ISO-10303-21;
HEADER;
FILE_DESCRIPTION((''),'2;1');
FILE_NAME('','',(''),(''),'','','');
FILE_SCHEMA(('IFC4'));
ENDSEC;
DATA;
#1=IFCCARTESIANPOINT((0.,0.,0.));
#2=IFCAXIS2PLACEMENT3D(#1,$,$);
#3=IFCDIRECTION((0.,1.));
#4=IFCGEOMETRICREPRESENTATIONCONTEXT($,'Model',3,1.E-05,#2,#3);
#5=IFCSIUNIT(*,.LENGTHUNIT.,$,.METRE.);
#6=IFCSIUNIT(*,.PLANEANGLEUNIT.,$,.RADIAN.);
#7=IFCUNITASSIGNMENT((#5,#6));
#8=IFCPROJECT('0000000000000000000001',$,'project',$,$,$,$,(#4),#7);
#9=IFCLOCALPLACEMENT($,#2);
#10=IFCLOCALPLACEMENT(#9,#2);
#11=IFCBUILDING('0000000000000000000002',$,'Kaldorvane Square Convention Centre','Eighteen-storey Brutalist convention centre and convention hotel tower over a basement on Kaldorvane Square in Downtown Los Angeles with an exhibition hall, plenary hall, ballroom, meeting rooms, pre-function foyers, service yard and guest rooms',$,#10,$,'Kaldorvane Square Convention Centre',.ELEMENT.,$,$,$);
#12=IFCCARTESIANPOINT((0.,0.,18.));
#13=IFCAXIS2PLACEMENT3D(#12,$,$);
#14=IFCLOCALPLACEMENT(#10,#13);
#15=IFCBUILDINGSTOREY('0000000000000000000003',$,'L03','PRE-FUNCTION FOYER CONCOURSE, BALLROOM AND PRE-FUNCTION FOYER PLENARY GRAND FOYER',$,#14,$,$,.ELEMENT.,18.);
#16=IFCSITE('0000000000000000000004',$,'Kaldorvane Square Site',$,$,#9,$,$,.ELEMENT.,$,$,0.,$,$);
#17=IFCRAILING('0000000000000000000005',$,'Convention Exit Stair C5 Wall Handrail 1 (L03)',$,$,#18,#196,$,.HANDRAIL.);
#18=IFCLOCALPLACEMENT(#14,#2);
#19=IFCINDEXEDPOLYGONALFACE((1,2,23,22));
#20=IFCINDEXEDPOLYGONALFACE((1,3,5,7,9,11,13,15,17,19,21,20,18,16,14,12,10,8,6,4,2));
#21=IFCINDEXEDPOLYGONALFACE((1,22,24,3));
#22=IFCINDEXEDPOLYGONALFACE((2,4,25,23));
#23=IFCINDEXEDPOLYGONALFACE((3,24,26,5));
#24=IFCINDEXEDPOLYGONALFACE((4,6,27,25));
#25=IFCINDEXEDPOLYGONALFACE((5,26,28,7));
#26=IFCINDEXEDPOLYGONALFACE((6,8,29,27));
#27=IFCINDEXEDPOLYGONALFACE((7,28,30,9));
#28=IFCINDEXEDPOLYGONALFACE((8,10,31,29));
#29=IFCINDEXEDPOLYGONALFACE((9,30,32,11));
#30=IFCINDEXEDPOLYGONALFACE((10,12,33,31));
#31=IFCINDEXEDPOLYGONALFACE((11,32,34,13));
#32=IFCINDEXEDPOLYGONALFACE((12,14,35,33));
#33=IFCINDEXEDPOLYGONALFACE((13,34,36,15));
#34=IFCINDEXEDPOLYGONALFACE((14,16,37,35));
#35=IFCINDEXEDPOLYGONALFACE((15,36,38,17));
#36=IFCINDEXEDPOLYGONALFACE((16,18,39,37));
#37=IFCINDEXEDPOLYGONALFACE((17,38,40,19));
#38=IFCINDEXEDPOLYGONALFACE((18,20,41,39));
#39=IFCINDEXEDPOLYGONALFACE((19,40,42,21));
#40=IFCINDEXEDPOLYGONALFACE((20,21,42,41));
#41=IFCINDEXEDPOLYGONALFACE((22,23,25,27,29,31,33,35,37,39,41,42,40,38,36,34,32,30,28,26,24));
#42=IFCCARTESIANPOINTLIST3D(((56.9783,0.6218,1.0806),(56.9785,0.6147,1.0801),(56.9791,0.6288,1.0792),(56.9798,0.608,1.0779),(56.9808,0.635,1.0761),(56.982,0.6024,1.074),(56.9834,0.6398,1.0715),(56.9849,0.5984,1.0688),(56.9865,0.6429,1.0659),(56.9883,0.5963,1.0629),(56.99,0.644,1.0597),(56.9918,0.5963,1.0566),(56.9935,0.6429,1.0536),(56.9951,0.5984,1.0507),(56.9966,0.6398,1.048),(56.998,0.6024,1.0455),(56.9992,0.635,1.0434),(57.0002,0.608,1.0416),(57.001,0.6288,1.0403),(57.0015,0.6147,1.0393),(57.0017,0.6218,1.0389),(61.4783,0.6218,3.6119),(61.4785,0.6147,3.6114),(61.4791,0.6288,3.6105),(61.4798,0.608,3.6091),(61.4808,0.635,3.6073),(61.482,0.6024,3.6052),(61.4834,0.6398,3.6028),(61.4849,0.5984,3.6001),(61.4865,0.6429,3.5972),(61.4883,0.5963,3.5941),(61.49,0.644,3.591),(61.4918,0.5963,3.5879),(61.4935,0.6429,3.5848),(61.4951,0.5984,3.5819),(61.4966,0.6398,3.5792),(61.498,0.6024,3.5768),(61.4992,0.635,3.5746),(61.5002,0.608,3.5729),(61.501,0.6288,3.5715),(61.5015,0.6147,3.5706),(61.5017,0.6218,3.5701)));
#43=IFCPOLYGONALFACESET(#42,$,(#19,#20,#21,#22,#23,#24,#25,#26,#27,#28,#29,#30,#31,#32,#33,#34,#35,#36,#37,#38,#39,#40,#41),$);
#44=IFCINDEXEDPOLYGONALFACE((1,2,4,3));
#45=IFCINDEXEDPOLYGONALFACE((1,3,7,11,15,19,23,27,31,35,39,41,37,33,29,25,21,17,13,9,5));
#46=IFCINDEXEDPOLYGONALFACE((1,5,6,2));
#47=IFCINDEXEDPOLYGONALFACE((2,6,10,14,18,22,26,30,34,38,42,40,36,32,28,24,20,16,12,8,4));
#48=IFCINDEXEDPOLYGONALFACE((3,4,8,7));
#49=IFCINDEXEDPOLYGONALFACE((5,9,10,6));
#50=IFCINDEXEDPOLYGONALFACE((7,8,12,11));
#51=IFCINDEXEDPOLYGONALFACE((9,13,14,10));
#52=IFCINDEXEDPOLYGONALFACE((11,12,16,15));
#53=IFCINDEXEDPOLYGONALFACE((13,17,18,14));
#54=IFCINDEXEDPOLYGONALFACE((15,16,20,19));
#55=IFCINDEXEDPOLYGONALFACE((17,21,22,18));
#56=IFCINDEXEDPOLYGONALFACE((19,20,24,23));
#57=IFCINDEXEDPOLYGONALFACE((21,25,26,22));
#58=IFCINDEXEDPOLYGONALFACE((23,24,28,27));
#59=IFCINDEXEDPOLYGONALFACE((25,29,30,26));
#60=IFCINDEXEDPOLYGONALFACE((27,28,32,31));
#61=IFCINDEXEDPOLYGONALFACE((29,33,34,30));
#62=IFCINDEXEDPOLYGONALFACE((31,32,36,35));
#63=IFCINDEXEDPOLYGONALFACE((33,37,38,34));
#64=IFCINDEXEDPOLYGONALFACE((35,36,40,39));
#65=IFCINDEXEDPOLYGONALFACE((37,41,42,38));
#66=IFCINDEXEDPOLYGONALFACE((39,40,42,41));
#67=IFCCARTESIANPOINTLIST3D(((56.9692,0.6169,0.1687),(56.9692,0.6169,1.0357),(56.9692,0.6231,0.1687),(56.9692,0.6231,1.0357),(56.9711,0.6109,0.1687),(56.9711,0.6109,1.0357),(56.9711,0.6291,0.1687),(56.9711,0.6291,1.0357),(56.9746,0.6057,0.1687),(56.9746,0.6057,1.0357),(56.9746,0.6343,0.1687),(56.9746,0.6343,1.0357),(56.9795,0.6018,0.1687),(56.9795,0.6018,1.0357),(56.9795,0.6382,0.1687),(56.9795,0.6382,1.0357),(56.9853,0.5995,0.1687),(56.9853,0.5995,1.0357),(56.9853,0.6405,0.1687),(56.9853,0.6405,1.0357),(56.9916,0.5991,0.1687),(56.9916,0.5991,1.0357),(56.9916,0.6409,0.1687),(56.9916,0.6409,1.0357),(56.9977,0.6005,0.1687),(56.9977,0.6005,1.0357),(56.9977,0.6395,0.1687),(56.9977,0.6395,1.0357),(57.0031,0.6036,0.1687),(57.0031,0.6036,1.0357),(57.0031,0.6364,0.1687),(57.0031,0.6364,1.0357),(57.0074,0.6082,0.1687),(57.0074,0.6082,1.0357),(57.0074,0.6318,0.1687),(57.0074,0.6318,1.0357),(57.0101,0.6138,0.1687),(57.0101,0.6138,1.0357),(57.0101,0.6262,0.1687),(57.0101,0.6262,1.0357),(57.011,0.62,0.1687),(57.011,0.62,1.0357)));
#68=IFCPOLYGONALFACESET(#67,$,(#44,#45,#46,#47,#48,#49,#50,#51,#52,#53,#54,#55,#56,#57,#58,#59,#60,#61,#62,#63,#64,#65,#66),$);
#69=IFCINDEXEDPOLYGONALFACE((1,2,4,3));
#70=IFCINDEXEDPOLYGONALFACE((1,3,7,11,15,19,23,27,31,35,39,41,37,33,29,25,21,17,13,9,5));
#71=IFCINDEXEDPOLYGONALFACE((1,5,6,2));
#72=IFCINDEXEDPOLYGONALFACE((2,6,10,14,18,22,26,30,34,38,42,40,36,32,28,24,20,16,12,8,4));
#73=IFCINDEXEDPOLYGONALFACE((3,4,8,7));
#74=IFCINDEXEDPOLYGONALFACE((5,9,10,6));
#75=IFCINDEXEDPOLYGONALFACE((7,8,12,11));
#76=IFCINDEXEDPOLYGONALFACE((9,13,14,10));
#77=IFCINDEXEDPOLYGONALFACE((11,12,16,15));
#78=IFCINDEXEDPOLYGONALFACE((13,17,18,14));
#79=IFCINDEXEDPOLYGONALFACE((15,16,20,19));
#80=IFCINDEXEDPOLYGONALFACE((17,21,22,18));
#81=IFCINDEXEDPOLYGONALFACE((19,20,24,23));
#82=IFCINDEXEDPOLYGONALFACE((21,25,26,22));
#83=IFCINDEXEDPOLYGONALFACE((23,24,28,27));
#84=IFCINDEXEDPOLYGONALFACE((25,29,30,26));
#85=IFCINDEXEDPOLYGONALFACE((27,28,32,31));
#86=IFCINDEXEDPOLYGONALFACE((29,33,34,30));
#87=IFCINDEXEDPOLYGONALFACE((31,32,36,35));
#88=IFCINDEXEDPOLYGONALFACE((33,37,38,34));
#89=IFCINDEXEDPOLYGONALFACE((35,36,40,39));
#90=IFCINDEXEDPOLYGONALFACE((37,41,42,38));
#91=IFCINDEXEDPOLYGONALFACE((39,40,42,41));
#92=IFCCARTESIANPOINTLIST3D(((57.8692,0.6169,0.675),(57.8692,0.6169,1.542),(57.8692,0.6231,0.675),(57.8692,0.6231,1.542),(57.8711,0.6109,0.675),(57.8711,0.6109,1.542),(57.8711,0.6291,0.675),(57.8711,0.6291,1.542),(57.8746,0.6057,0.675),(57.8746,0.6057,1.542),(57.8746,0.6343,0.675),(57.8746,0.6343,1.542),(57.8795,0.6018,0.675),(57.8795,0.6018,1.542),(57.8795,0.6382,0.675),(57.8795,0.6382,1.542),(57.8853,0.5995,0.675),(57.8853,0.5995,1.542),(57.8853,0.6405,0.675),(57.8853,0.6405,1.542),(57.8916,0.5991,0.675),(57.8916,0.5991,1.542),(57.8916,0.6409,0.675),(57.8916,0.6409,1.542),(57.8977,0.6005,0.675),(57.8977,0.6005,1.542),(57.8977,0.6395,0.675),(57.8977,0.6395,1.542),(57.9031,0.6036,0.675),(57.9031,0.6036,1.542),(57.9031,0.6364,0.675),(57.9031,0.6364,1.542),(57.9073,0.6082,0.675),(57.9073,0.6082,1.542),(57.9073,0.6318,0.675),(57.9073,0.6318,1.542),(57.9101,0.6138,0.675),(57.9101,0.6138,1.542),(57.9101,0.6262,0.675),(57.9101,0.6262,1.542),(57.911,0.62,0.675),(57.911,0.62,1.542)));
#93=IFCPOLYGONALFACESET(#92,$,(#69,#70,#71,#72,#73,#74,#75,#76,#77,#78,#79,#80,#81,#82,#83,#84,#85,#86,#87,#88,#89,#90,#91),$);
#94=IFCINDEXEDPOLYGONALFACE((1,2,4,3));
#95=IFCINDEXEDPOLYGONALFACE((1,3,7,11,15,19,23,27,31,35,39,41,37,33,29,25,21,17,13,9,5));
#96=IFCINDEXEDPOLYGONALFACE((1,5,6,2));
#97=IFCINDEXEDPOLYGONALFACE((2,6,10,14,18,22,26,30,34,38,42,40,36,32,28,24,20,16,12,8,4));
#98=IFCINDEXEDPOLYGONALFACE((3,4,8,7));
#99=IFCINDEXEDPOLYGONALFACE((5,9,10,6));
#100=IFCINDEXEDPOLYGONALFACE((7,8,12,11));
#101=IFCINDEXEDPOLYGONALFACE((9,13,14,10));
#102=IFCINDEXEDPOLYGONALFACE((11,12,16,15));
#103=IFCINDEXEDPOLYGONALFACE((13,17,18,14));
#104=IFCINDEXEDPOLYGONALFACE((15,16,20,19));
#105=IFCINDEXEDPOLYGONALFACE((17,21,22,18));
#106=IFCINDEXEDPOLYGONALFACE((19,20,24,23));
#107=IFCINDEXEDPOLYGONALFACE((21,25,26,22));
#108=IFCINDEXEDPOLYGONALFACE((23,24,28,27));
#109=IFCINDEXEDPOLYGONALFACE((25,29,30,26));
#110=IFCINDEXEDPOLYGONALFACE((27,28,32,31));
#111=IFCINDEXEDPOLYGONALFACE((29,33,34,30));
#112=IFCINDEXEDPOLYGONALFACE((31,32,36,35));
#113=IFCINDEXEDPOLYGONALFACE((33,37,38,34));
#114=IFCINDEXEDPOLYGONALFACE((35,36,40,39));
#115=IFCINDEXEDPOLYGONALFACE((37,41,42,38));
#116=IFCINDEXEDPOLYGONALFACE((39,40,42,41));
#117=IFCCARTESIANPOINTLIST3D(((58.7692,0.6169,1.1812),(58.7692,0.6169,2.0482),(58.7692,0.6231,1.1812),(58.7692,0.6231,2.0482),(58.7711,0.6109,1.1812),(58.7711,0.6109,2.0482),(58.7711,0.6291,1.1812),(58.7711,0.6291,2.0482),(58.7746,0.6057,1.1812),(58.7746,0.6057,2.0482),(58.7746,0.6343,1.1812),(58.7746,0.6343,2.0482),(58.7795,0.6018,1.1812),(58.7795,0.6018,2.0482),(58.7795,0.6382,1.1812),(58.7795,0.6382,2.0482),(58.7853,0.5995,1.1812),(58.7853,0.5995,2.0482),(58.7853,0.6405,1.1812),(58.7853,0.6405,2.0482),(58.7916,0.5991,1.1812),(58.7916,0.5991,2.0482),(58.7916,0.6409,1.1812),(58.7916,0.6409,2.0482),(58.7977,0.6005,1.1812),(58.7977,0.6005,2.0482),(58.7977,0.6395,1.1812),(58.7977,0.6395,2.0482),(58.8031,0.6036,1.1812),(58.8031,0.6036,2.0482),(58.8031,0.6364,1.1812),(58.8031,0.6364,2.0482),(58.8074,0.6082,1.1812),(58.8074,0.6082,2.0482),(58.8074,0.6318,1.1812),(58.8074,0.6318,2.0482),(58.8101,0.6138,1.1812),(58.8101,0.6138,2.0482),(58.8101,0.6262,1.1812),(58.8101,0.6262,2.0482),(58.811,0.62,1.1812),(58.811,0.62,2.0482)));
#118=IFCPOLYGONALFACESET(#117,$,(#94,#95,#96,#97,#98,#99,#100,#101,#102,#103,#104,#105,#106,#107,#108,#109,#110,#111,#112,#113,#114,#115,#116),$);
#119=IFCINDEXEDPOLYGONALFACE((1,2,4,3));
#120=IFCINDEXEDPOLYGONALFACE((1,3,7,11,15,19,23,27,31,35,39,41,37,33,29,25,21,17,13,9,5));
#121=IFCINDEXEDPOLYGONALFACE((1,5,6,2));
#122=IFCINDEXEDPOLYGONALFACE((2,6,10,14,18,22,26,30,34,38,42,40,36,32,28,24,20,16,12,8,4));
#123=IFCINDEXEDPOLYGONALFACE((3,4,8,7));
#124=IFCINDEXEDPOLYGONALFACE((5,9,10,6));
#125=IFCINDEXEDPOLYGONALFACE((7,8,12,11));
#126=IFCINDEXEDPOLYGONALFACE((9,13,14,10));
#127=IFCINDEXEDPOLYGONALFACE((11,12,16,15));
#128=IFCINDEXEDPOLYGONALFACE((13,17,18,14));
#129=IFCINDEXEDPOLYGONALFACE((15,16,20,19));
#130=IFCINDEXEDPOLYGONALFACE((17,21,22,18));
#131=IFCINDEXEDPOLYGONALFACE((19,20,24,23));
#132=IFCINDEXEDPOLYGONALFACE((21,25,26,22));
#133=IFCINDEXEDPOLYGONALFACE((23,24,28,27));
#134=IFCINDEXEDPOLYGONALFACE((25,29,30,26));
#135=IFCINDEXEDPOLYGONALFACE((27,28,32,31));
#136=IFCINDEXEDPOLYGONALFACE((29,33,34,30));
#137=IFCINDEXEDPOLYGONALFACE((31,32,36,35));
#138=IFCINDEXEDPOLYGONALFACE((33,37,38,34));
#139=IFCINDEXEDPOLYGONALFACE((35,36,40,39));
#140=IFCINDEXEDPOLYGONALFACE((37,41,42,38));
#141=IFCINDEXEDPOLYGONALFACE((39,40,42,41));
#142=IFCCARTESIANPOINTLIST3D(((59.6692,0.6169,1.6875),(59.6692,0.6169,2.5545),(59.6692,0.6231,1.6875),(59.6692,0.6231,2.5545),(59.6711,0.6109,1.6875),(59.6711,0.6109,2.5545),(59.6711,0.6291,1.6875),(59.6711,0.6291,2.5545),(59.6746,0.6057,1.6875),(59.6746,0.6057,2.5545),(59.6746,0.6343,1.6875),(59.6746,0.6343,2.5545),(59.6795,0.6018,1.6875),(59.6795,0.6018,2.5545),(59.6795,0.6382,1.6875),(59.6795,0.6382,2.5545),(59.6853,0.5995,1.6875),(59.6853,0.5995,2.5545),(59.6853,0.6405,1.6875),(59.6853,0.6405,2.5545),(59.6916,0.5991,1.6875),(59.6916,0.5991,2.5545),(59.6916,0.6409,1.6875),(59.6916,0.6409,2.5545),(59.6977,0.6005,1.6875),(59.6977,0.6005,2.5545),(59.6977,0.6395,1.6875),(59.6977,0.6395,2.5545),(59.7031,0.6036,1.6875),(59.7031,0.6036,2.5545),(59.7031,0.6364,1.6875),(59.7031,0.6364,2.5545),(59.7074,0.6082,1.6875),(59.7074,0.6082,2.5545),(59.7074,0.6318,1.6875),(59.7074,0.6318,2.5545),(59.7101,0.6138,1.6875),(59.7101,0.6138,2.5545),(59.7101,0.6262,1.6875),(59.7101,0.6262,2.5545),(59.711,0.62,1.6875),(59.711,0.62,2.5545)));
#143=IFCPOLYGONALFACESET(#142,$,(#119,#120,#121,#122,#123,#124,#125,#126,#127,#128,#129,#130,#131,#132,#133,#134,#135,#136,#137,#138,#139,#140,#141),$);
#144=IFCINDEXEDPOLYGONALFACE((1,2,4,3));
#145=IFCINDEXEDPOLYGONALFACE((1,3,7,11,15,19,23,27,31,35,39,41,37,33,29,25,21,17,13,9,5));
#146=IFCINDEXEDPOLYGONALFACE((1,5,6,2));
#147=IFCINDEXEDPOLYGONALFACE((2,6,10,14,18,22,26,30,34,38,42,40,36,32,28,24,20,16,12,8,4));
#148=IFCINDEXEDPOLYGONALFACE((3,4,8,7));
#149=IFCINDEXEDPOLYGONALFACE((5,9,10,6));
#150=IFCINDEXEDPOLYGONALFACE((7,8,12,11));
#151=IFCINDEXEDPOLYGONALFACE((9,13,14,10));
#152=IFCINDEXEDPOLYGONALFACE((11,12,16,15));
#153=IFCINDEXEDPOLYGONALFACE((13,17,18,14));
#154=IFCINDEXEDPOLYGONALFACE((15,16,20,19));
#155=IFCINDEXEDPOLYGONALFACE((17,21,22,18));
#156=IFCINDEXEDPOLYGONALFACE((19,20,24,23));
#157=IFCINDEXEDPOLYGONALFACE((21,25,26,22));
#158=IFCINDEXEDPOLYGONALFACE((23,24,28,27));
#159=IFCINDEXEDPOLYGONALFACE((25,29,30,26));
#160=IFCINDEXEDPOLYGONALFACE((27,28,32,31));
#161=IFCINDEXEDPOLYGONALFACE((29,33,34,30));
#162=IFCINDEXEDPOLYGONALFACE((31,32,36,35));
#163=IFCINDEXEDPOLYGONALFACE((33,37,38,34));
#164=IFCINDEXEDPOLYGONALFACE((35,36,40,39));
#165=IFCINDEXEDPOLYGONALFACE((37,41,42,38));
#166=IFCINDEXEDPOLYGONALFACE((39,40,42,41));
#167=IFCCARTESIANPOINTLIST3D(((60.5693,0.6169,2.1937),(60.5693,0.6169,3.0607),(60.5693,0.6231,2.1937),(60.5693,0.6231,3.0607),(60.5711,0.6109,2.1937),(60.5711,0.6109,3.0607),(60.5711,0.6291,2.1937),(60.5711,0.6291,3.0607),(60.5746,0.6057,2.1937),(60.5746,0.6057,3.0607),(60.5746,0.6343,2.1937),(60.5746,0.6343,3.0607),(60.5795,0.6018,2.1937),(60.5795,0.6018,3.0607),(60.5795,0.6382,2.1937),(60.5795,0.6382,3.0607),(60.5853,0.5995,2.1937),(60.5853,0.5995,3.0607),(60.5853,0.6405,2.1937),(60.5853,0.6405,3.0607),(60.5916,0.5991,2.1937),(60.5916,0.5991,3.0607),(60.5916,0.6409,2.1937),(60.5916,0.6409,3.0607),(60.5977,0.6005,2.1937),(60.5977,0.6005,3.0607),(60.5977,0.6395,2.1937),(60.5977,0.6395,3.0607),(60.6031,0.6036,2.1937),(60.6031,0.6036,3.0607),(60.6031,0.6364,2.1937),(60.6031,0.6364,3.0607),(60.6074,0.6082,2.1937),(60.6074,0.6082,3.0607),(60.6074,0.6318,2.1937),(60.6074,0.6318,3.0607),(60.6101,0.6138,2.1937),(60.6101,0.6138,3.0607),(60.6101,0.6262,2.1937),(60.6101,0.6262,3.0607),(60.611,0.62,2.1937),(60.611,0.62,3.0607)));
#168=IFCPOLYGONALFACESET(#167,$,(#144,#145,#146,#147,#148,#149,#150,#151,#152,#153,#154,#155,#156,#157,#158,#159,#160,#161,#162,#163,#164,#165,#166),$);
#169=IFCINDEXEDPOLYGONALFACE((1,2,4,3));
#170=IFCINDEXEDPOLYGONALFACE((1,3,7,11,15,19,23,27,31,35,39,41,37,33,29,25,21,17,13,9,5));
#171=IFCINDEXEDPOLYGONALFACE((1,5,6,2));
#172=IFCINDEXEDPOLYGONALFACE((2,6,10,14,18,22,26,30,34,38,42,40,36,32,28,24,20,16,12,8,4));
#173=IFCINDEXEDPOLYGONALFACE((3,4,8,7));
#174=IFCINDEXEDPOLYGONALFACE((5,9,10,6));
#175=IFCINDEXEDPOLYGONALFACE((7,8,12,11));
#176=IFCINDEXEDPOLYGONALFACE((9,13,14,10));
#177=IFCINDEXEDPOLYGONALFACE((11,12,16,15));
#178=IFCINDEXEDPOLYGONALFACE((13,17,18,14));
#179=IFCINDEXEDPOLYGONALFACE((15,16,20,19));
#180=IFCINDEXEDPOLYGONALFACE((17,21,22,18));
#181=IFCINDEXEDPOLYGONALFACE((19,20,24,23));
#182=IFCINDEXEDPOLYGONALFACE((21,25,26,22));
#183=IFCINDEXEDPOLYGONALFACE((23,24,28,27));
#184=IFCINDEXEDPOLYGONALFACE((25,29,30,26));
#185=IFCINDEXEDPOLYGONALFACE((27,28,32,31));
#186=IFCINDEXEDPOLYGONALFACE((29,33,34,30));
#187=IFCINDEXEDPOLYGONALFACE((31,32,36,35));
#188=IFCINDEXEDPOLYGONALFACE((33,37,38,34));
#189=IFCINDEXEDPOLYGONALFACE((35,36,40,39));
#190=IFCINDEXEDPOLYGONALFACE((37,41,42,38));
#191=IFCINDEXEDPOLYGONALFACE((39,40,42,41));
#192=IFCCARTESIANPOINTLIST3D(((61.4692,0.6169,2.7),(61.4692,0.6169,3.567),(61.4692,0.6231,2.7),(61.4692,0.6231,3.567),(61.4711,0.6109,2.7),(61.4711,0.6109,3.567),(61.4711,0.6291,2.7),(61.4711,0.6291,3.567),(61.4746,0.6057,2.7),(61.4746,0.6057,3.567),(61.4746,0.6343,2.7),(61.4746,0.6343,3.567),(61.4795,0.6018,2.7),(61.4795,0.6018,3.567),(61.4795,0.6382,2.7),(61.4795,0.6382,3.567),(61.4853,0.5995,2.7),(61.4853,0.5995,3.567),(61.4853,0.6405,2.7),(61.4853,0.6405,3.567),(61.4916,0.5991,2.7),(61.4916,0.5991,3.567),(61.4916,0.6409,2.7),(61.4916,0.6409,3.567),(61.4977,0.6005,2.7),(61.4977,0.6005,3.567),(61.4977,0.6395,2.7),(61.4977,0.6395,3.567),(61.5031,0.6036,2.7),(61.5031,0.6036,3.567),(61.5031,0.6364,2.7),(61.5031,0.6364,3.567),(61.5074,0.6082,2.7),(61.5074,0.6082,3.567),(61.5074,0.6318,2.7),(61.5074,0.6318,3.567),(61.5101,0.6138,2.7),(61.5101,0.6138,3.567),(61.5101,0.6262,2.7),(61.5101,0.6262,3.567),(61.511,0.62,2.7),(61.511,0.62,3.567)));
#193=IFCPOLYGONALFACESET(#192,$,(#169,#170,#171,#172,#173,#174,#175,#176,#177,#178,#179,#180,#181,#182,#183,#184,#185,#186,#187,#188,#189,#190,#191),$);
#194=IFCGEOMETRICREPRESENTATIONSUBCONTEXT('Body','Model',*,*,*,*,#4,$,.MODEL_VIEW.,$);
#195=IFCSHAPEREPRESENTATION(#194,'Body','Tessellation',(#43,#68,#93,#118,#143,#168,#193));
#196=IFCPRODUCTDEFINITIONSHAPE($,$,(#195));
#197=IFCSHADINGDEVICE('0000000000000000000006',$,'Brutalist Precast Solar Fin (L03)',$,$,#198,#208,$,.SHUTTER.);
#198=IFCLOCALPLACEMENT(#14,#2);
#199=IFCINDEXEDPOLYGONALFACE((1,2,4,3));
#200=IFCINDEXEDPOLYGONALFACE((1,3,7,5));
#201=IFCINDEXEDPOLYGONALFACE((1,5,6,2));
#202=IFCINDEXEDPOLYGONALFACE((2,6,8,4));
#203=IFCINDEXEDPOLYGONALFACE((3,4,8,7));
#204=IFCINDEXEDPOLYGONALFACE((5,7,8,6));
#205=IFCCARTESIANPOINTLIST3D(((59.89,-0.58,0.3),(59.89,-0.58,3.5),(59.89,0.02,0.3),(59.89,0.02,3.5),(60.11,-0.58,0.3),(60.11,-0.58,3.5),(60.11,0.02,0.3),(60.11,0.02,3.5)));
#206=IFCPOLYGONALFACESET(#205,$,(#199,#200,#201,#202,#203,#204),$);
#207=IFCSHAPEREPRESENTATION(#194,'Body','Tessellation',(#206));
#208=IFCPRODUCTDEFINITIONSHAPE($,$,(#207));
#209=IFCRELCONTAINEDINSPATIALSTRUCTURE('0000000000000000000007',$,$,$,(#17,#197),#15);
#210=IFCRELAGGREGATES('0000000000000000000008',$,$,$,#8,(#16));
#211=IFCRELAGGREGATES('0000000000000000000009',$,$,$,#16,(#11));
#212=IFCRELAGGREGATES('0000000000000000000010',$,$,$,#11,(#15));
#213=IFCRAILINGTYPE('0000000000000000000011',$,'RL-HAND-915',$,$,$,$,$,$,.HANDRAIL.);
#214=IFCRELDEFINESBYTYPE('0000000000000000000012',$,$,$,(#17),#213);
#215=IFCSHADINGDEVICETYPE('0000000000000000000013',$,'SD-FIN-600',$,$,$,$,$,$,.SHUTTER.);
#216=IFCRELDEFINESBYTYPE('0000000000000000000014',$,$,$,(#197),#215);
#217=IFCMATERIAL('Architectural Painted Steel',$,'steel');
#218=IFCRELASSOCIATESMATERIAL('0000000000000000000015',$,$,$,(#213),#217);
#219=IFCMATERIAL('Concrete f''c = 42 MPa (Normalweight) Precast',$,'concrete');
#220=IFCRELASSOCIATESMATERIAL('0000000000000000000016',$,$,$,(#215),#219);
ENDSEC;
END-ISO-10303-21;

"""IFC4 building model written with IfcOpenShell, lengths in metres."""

from ifc_helpers import new_model, si_unit, direction, frame, origin, origin_2d, place, context, subcontext, project, spatial, rectangle, circle, extrude, material, type_object, element, save


model = new_model("IFC4")

# Units and contexts
model_context = context("Model", 3, precision=1e-05, world=origin(), true_north=direction((0.0, 1.0)))
body_context = subcontext(model_context, "Body", "Model", "MODEL_VIEW")
ifc_project = project(units=[si_unit("LENGTHUNIT", "METRE"), si_unit("PLANEANGLEUNIT", "RADIAN")], contexts=[model_context])

# Site, building, storey
site_placement = place(None, origin())
site = spatial("IfcSite", under=ifc_project, at=site_placement, Name="Kaldorvane Square Site", CompositionType="ELEMENT", RefElevation=0.0)
building_placement = place(site_placement, origin())
building = spatial("IfcBuilding", under=site, at=building_placement, Name="Kaldorvane Square Convention Centre", Description="Eighteen-storey Brutalist convention centre and convention hotel tower over a basement on Kaldorvane Square in Downtown Los Angeles with an exhibition hall, plenary hall, ballroom, meeting rooms, pre-function foyers, service yard and guest rooms", LongName="Kaldorvane Square Convention Centre", CompositionType="ELEMENT")
storey_placement = place(building_placement, frame((0.0, 0.0, 18.0)))
storey = spatial("IfcBuildingStorey", under=building, at=storey_placement, Name="L03", Description="PRE-FUNCTION FOYER CONCOURSE, BALLROOM AND PRE-FUNCTION FOYER PLENARY GRAND FOYER", CompositionType="ELEMENT", Elevation=18.0)

# Railing
ifc_material_1 = material(Name="Architectural Painted Steel", Category="steel")
railing_type_1 = type_object("IfcRailingType", Name="RL-HAND-915", PredefinedType="HANDRAIL", material=ifc_material_1)
railing_1_placement = place(storey_placement, frame((56.99, 0.62, 0.1687)))
element("IfcRailing", 1, at=railing_1_placement, inside=storey, type_object=railing_type_1, Name="Convention Exit Stair C5 Wall Handrail 1 (L03)", PredefinedType="HANDRAIL", context=body_context, shape_type="SweptSolid", body=[
    extrude(circle(Radius=0.024, at=origin_2d()), frame((0.0, 0.0, 0.891), z_axis=(0.871576, 0.0, 0.490261), x_axis=(0.0, 1.0, 0.0)), (0.0, 0.0, 1.0), 5.1631),
    extrude(circle(Radius=0.021, at=origin_2d()), origin(), (0.0, 0.0, 1.0), 0.867),
    extrude(circle(Radius=0.021, at=origin_2d()), frame((0.9, 0.0, 0.5063)), (0.0, 0.0, 1.0), 0.867),
    extrude(circle(Radius=0.021, at=origin_2d()), frame((1.8, 0.0, 1.0125)), (0.0, 0.0, 1.0), 0.867),
    extrude(circle(Radius=0.021, at=origin_2d()), frame((2.7, 0.0, 1.5188)), (0.0, 0.0, 1.0), 0.867),
    extrude(circle(Radius=0.021, at=origin_2d()), frame((3.6, 0.0, 2.025)), (0.0, 0.0, 1.0), 0.867),
    extrude(circle(Radius=0.021, at=origin_2d()), frame((4.5, 0.0, 2.5312)), (0.0, 0.0, 1.0), 0.867),
])

# Shading device
ifc_material_2 = material(Name="Concrete f'c = 42 MPa (Normalweight) Precast", Category="concrete")
shading_device_type = type_object("IfcShadingDeviceType", Name="SD-FIN-600", PredefinedType="SHUTTER", material=ifc_material_2)
shading_device_placement = place(storey_placement, frame((60.0, -0.28, 0.3), z_axis=(0.0, 0.0, 1.0), x_axis=(1.0, 0.0, 0.0)))
element("IfcShadingDevice", 2, at=shading_device_placement, inside=storey, type_object=shading_device_type, Name="Brutalist Precast Solar Fin (L03)", PredefinedType="SHUTTER", context=body_context, shape_type="SweptSolid", body=[
    extrude(rectangle(XDim=0.22, YDim=0.6, at=origin_2d()), origin(), (0.0, 0.0, 1.0), 3.2),
])

save(model, "model.ifc")
